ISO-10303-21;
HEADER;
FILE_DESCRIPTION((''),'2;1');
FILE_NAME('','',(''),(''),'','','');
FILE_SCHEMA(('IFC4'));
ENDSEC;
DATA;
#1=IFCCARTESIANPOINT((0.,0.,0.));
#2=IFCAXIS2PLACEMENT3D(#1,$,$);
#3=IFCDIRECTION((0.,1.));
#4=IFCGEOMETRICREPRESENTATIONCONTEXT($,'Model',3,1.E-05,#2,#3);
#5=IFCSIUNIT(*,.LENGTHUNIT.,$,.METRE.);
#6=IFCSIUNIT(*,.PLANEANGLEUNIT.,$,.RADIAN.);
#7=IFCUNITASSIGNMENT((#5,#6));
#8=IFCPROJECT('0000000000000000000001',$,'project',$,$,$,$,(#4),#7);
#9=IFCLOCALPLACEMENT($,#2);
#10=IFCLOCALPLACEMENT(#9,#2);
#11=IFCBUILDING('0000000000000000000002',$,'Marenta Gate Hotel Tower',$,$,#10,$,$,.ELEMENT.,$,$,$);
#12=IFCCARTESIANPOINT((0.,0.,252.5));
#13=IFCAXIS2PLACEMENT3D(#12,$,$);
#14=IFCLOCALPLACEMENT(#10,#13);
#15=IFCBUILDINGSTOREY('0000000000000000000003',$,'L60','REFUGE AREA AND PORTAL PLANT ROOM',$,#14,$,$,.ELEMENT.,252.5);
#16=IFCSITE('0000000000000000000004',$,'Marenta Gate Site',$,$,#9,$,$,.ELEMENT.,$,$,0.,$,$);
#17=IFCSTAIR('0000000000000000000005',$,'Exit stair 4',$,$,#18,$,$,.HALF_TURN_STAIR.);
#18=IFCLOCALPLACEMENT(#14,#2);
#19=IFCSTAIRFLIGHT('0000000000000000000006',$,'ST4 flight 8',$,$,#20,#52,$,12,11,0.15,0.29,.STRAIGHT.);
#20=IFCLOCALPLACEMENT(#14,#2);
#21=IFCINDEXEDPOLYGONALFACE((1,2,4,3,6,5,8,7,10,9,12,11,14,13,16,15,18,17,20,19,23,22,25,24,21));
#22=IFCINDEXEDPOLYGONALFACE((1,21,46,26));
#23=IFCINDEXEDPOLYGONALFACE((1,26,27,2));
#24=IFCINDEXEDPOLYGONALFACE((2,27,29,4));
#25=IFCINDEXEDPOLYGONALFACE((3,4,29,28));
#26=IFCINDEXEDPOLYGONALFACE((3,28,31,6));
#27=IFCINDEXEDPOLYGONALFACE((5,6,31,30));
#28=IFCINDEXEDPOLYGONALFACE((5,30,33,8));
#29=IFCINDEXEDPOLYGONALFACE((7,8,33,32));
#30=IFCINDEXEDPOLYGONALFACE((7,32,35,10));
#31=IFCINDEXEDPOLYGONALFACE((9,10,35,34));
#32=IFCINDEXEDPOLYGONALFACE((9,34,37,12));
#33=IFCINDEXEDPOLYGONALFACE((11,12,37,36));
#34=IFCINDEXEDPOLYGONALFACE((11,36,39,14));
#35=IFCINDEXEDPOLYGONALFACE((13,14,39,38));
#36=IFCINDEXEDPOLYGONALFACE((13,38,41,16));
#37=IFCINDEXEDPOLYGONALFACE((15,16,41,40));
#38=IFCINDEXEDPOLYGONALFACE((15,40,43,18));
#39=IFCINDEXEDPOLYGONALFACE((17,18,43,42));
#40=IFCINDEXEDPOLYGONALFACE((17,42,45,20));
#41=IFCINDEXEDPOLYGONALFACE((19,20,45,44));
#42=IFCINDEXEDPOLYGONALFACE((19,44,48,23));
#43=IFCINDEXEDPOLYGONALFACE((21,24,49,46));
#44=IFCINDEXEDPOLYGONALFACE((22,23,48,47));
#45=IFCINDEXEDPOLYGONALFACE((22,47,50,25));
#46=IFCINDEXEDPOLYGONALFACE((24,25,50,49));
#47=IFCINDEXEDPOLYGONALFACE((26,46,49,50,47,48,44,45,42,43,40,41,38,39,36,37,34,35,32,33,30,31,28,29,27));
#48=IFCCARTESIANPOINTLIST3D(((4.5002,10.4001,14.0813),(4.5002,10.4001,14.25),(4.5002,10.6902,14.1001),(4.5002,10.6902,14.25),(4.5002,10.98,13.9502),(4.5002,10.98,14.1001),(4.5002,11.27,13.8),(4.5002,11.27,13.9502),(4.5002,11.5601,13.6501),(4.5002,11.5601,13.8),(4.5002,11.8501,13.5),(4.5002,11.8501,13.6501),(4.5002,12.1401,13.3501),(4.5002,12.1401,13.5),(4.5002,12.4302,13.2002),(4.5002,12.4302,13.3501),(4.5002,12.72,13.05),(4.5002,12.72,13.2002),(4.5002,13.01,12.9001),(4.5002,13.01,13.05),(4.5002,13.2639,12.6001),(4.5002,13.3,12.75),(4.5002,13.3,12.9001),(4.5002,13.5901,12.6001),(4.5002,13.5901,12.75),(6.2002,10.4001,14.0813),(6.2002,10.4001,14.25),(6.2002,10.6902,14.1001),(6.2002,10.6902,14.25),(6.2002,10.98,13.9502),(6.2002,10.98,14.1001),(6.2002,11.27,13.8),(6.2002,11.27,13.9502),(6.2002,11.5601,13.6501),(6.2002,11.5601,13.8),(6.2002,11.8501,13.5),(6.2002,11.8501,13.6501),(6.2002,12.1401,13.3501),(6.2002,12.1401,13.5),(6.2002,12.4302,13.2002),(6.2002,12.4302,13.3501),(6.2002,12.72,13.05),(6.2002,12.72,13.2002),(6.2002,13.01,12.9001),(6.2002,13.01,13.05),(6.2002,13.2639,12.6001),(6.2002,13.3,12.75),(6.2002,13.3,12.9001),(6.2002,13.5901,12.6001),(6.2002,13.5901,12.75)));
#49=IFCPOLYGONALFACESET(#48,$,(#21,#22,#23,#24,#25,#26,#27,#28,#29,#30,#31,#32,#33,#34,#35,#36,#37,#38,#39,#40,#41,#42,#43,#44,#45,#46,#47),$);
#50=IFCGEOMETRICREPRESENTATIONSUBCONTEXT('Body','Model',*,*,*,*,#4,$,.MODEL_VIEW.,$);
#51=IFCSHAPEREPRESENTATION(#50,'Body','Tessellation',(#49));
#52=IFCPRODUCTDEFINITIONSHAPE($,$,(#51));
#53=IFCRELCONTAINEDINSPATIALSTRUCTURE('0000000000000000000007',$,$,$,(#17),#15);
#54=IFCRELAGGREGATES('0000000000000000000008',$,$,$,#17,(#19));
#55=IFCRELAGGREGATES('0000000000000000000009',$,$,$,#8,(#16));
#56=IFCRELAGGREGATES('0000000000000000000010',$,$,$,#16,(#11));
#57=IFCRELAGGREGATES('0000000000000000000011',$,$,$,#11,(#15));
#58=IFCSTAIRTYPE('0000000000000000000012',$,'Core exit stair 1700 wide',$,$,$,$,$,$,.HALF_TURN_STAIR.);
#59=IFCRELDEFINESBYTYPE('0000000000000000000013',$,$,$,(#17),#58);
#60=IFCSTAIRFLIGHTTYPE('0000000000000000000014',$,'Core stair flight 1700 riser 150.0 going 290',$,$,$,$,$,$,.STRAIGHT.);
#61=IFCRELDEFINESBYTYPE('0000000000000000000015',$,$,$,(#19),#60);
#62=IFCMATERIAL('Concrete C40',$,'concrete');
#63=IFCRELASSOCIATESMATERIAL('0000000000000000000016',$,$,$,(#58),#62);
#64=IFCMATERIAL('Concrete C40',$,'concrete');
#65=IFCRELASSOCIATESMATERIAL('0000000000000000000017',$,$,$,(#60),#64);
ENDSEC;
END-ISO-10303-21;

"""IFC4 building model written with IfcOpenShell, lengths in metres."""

from ifc_helpers import new_model, si_unit, direction, frame, origin, place, context, subcontext, project, spatial, polyline, outline, extrude, material, type_object, element, aggregate, save


model = new_model("IFC4")

# Units and contexts
model_context = context("Model", 3, precision=1e-05, world=origin(), true_north=direction((0.0, 1.0)))
body_context = subcontext(model_context, "Body", "Model", "MODEL_VIEW")
ifc_project = project(units=[si_unit("LENGTHUNIT", "METRE"), si_unit("PLANEANGLEUNIT", "RADIAN")], contexts=[model_context])

# Site, building, storey
site_placement = place(None, origin())
site = spatial("IfcSite", under=ifc_project, at=site_placement, Name="Marenta Gate Site", CompositionType="ELEMENT", RefElevation=0.0)
building_placement = place(site_placement, origin())
building = spatial("IfcBuilding", under=site, at=building_placement, Name="Marenta Gate Hotel Tower", CompositionType="ELEMENT")
storey_placement = place(building_placement, frame((0.0, 0.0, 252.5)))
storey = spatial("IfcBuildingStorey", under=building, at=storey_placement, Name="L60", Description="REFUGE AREA AND PORTAL PLANT ROOM", CompositionType="ELEMENT", Elevation=252.5)

# Stair, stair flight
ifc_material_1 = material(Name="Concrete C40", Category="concrete")
stair_type = type_object("IfcStairType", Name="Core exit stair 1700 wide", PredefinedType="HALF_TURN_STAIR", material=ifc_material_1)
stair_placement = place(storey_placement, origin())
stair = element("IfcStair", 1, at=stair_placement, inside=storey, type_object=stair_type, Name="Exit stair 4", PredefinedType="HALF_TURN_STAIR")
ifc_material_2 = material(Name="Concrete C40", Category="concrete")
stair_flight_type = type_object("IfcStairFlightType", Name="Core stair flight 1700 riser 150.0 going 290", PredefinedType="STRAIGHT", material=ifc_material_2)
stair_flight_1_placement = place(storey_placement, frame((5.3501, 13.5901, 12.6001), z_axis=(0.0, 0.0, 1.0), x_axis=(0.0, -1.0, 0.0)))
stair_flight_1 = element("IfcStairFlight", 2, at=stair_flight_1_placement, type_object=stair_flight_type, Name="ST4 flight 8", NumberOfRisers=12, NumberOfTreads=11, PredefinedType="STRAIGHT", RiserHeight=0.15, TreadLength=0.29, context=body_context, shape_type="SweptSolid", body=[
    extrude(outline(polyline([(0.0, 0.0), (0.0, 0.1499), (0.29, 0.1499), (0.29, 0.3), (0.5801, 0.3), (0.5801, 0.45), (0.8701, 0.45), (0.8701, 0.6001), (1.1599, 0.6001), (1.1599, 0.75), (1.45, 0.75), (1.45, 0.8999), (1.74, 0.8999), (1.74, 1.05), (2.03, 1.05), (2.03, 1.2), (2.3201, 1.2), (2.3201, 1.3501), (2.6101, 1.3501), (2.6101, 1.5), (2.8999, 1.5), (2.8999, 1.6499), (3.1899, 1.6499), (3.1899, 1.8), (3.1899, 1.4812), (0.3262, 0.0), (0.0, 0.0)])), frame((0.0, 0.8501, 0.0), z_axis=(0.0, -1.0, 0.0), x_axis=(1.0, 0.0, 0.0)), (0.0, 0.0, 1.0), 1.7),
])
aggregate(stair, [stair_flight_1])

save(model, "model.ifc")
